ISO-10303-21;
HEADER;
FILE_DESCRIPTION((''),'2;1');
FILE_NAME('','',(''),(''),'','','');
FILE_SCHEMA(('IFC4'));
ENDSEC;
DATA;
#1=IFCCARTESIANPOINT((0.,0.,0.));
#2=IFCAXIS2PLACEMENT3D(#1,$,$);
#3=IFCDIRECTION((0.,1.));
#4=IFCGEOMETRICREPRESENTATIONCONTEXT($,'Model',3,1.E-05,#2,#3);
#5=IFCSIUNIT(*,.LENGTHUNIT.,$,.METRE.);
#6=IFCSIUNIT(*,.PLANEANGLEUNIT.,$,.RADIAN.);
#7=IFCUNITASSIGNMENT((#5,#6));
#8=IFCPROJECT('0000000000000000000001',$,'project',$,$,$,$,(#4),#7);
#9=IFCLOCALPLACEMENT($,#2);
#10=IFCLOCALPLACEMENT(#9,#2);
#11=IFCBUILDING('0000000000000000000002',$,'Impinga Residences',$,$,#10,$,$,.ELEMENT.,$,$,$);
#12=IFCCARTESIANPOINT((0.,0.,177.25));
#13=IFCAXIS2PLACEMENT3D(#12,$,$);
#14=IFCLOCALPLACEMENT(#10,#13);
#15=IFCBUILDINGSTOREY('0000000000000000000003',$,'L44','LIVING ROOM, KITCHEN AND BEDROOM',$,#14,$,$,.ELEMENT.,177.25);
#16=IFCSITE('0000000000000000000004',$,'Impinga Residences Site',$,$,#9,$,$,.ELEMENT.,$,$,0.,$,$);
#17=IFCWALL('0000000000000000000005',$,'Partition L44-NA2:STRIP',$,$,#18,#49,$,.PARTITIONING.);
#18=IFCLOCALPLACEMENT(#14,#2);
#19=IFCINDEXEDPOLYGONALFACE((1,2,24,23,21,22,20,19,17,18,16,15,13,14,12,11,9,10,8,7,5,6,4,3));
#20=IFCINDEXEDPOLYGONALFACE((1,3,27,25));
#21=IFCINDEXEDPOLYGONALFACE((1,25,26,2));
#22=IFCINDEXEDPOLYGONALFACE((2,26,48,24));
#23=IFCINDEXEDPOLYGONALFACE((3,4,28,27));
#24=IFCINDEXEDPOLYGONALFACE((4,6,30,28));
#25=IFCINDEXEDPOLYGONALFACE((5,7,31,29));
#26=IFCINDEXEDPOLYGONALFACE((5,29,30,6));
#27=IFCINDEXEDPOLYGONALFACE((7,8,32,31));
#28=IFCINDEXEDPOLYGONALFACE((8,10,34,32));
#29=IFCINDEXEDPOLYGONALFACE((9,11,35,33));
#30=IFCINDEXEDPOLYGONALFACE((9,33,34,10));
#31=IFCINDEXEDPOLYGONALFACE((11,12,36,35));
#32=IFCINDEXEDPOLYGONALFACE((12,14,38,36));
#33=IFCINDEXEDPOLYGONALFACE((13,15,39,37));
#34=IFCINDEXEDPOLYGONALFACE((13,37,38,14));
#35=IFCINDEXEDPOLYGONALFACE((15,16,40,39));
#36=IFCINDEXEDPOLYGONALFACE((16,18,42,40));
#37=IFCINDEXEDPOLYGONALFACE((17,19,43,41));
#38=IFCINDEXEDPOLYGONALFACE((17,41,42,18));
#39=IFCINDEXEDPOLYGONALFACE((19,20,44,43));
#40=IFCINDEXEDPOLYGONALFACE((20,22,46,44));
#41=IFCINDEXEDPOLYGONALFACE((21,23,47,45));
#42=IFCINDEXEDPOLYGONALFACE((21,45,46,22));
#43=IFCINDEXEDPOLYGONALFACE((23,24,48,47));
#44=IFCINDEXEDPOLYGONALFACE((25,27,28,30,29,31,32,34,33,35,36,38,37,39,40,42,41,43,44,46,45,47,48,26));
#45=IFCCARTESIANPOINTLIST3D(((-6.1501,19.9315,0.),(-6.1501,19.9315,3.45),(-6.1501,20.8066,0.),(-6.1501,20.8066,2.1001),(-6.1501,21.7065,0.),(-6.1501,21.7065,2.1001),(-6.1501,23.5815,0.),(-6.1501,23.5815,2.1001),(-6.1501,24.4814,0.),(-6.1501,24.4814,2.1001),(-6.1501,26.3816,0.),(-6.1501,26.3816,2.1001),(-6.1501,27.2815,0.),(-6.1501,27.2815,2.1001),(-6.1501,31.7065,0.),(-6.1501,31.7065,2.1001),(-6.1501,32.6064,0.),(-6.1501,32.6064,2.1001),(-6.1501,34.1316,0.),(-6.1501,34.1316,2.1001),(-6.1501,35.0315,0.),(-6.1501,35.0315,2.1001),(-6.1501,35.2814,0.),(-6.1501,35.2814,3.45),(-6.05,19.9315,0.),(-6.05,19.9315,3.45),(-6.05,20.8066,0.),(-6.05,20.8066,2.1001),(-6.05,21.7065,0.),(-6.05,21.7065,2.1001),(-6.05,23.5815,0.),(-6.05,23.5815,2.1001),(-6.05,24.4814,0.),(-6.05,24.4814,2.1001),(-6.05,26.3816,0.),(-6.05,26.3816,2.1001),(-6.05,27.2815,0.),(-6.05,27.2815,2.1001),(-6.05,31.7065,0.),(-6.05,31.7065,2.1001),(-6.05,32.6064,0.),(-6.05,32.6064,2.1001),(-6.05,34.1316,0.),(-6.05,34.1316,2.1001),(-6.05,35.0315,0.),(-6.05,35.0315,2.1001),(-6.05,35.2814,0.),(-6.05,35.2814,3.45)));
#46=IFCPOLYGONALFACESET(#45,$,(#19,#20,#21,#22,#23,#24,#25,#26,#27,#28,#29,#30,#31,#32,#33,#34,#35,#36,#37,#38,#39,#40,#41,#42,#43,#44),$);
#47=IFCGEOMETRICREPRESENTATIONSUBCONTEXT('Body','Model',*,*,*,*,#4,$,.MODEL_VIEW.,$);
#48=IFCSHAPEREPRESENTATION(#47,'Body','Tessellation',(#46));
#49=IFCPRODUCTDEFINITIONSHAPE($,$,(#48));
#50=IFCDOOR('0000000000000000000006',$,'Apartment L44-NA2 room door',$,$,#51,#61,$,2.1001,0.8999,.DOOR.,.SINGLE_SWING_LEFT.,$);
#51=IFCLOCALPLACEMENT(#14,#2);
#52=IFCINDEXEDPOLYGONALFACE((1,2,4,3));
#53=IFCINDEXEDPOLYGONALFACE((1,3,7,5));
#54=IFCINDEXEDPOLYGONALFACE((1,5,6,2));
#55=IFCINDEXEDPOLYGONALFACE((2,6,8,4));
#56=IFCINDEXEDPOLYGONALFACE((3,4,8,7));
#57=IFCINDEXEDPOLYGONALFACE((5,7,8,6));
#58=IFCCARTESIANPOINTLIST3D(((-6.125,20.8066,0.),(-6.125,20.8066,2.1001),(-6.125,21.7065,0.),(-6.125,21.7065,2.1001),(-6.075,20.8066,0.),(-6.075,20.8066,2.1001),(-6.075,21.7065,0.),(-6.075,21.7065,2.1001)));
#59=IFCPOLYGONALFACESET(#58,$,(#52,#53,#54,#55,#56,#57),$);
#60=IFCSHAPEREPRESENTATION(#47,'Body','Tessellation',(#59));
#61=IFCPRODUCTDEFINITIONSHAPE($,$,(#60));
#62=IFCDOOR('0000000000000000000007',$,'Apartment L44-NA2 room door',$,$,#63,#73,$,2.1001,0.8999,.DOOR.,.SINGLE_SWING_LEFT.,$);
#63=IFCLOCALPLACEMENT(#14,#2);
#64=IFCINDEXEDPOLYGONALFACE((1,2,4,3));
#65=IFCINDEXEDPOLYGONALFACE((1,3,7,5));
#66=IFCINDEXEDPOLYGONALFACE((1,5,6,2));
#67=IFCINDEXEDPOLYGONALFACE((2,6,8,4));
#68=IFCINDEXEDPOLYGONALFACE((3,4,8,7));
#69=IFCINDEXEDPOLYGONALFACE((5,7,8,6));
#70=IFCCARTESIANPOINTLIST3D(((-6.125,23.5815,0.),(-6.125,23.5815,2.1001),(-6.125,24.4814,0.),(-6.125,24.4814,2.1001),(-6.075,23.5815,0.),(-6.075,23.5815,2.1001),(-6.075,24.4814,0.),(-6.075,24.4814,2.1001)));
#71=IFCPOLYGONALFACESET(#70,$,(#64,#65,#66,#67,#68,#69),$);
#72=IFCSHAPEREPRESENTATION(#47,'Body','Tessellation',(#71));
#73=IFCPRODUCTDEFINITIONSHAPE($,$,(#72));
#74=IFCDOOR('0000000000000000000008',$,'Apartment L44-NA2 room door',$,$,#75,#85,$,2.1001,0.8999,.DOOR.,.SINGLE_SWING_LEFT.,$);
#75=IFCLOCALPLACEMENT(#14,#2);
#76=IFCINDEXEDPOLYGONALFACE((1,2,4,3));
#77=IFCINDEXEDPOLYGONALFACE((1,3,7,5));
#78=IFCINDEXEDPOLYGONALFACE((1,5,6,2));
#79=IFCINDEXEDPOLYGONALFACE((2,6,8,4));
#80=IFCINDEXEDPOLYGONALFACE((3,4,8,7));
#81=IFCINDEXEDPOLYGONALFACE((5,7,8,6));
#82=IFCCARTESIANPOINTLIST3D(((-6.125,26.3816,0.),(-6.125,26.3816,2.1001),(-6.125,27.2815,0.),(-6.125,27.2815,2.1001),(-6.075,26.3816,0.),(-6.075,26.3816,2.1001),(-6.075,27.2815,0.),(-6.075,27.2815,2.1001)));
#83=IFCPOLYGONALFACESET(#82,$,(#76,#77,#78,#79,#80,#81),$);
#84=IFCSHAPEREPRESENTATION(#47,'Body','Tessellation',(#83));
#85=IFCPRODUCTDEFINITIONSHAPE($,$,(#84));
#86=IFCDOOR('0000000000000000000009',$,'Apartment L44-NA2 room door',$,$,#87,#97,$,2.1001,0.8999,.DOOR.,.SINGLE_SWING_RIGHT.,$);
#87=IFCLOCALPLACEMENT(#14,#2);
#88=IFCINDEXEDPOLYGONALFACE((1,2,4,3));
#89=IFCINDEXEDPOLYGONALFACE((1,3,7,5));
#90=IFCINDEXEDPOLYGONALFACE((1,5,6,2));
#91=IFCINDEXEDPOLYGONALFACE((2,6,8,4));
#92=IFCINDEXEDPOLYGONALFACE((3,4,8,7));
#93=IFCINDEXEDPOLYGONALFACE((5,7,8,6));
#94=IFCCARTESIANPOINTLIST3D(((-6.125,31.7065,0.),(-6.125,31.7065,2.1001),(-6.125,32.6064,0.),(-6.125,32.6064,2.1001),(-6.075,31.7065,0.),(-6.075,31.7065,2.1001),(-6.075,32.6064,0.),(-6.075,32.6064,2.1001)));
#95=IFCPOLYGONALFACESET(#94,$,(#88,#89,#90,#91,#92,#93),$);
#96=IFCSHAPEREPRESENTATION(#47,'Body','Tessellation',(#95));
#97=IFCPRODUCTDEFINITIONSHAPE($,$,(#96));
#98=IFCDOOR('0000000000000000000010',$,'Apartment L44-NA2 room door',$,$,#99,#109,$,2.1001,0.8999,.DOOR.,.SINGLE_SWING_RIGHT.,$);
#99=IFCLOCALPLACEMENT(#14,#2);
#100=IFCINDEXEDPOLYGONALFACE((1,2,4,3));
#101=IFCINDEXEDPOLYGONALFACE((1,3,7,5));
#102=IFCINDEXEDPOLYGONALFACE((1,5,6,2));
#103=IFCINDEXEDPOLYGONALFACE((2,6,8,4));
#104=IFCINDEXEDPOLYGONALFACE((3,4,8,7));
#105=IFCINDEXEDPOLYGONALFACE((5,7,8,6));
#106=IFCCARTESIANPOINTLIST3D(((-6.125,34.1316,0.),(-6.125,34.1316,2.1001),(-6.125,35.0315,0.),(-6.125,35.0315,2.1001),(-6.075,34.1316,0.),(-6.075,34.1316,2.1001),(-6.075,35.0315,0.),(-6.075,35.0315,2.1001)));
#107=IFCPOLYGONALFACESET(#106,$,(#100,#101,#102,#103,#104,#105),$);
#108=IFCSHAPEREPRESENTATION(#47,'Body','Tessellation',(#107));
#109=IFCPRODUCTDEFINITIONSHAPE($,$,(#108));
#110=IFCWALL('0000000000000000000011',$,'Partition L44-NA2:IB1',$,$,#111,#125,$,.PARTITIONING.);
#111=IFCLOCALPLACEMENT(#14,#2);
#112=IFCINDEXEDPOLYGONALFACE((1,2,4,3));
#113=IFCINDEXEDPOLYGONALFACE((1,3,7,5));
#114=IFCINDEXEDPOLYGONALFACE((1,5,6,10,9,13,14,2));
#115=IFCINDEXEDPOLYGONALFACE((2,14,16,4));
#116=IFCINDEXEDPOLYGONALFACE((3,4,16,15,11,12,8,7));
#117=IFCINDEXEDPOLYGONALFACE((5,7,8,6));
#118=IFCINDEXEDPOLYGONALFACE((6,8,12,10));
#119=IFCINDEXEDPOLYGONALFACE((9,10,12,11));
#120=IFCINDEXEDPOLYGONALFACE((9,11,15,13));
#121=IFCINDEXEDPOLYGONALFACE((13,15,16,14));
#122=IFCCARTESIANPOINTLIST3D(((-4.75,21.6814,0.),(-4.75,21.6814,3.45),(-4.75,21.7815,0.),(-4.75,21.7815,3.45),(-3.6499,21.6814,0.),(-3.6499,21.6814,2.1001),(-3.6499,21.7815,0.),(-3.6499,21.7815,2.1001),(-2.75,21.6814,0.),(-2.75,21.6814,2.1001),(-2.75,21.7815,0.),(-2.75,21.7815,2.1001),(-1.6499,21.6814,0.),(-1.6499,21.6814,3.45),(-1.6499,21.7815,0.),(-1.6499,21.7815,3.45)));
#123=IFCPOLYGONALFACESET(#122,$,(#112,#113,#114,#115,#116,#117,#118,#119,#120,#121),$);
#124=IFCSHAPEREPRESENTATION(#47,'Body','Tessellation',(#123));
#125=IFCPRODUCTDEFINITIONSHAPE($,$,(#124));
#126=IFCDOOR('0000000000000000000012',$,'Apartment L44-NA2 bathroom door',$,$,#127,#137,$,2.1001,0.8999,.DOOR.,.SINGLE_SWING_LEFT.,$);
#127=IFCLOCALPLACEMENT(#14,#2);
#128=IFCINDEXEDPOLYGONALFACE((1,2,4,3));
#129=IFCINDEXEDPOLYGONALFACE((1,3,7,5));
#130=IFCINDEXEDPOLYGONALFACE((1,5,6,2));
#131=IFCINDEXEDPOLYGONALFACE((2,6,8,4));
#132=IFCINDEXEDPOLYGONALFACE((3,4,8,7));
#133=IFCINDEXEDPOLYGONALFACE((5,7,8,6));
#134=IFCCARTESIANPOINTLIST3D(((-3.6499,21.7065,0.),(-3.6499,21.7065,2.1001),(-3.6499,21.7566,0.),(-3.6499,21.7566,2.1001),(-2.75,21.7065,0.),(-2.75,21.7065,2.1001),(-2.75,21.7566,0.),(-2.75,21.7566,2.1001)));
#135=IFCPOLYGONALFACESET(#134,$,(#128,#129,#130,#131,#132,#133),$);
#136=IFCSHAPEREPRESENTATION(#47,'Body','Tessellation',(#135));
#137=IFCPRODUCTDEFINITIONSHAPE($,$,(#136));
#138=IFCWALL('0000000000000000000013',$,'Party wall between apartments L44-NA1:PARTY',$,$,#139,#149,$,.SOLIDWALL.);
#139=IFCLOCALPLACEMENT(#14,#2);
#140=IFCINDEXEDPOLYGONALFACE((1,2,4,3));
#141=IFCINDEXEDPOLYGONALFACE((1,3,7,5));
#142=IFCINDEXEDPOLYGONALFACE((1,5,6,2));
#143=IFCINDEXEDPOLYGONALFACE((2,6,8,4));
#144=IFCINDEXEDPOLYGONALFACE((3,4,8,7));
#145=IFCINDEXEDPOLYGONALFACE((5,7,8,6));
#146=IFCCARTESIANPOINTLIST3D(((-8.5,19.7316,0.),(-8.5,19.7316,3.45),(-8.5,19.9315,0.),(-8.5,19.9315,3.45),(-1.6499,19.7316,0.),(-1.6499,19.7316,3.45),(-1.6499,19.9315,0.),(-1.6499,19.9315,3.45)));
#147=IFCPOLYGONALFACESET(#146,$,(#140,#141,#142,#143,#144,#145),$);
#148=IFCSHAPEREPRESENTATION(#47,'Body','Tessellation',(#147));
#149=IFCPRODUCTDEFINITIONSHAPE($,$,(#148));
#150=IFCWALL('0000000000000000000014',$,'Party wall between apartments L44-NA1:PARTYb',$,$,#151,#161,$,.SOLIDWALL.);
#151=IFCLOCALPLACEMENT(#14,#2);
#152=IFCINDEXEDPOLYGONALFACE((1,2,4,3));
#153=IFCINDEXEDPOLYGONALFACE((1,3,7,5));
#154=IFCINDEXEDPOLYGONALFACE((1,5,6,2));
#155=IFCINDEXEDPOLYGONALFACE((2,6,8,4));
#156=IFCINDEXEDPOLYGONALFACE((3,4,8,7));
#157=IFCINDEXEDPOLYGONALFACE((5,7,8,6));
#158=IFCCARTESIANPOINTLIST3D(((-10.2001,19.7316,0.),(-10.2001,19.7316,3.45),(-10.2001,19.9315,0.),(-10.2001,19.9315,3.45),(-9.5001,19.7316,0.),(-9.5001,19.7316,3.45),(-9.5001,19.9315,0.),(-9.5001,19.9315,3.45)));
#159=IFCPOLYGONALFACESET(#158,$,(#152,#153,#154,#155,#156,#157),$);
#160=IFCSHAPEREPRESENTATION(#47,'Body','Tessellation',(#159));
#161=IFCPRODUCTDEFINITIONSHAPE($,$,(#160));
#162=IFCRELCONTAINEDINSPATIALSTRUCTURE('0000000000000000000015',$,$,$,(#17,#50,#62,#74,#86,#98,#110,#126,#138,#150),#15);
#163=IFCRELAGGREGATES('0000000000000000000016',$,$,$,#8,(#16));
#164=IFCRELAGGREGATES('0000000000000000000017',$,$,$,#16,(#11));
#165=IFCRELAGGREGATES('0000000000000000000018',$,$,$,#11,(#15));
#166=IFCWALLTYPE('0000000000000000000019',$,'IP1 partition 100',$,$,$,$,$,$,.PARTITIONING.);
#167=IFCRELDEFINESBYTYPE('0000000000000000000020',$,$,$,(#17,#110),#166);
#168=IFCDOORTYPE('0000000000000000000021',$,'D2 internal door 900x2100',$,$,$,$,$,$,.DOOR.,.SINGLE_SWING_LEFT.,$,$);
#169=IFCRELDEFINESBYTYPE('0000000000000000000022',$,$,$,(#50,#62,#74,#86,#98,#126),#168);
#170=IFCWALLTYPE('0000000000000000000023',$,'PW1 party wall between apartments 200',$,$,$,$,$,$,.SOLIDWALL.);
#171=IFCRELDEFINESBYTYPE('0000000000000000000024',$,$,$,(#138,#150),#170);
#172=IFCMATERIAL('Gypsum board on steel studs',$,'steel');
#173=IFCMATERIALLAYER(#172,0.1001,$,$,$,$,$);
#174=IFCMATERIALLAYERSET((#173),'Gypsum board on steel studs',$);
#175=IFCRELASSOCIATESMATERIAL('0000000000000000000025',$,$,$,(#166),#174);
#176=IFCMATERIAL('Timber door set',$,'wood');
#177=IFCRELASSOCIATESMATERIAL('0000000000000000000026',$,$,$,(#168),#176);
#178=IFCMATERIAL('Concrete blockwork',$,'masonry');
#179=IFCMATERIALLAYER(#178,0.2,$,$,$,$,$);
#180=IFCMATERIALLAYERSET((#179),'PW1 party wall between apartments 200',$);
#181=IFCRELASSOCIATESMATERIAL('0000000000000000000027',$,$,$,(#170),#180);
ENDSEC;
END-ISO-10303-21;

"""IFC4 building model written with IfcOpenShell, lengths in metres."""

from ifc_helpers import new_model, si_unit, direction, frame, frame_2d, origin, place, context, subcontext, project, spatial, rectangle, extrude, material, layer, layer_set, type_object, element, fill, save


model = new_model("IFC4")

# Units and contexts
model_context = context("Model", 3, precision=1e-05, world=origin(), true_north=direction((0.0, 1.0)))
body_context = subcontext(model_context, "Body", "Model", "MODEL_VIEW")
ifc_project = project(units=[si_unit("LENGTHUNIT", "METRE"), si_unit("PLANEANGLEUNIT", "RADIAN")], contexts=[model_context])

# Site, building, storey
site_placement = place(None, origin())
site = spatial("IfcSite", under=ifc_project, at=site_placement, Name="Impinga Residences Site", CompositionType="ELEMENT", RefElevation=0.0)
building_placement = place(site_placement, origin())
building = spatial("IfcBuilding", under=site, at=building_placement, Name="Impinga Residences", CompositionType="ELEMENT")
storey_placement = place(building_placement, frame((0.0, 0.0, 177.25)))
storey = spatial("IfcBuildingStorey", under=building, at=storey_placement, Name="L44", Description="LIVING ROOM, KITCHEN AND BEDROOM", CompositionType="ELEMENT", Elevation=177.25)

# Shared definitions
ifc_material_1 = material(Name="Concrete blockwork", Category="masonry")
ifc_material_2 = material(Name="Timber door set", Category="wood")

# Shared definitions
ifc_material_3 = material(Name="Gypsum board on steel studs", Category="steel")
ifc_layer_1 = layer(ifc_material_3, 0.1001)
ifc_layer_set_1 = layer_set([ifc_layer_1], Name="Gypsum board on steel studs")
wall_type_1 = type_object("IfcWallType", Name="IP1 partition 100", PredefinedType="PARTITIONING", material=ifc_layer_set_1)

# Shared definitions
door_type_1 = type_object("IfcDoorType", Name="D2 internal door 900x2100", OperationType="SINGLE_SWING_LEFT", PredefinedType="DOOR", material=ifc_material_2)

# Wall, openings, doors
wall_1_placement = place(storey_placement, frame((-6.1001, 19.9316, 0.0), z_axis=(0.0, 0.0, 1.0), x_axis=(0.0, 1.0, 0.0)))
wall_1 = element("IfcWall", 1, at=wall_1_placement, inside=storey, type_object=wall_type_1, Name="Partition L44-NA2:STRIP", PredefinedType="PARTITIONING", context=body_context, shape_type="SweptSolid", body=[
    extrude(rectangle(XDim=15.3499, YDim=0.1001, at=frame_2d((7.6748, 0.0))), origin(), (0.0, 0.0, 1.0), 3.45),
])
opening_1_placement = place(wall_1_placement, frame((0.875, 0.0, 0.0)))
opening_1 = element("IfcOpeningElement", 2, at=opening_1_placement, cuts=wall_1, PredefinedType="OPENING", context=body_context, shape_type="SweptSolid", body=[
    extrude(rectangle(XDim=0.8999, YDim=2.1001, at=frame_2d((0.45, 1.05))), frame((0.0, 0.0601, 0.0), z_axis=(0.0, -1.0, 0.0), x_axis=(1.0, 0.0, 0.0)), (0.0, 0.0, 1.0), 0.1201),
])
opening_2_placement = place(wall_1_placement, frame((3.6499, 0.0, 0.0)))
opening_2 = element("IfcOpeningElement", 3, at=opening_2_placement, cuts=wall_1, PredefinedType="OPENING", context=body_context, shape_type="SweptSolid", body=[
    extrude(rectangle(XDim=0.8999, YDim=2.1001, at=frame_2d((0.45, 1.05))), frame((0.0, 0.0601, 0.0), z_axis=(0.0, -1.0, 0.0), x_axis=(1.0, 0.0, 0.0)), (0.0, 0.0, 1.0), 0.1201),
])
opening_3_placement = place(wall_1_placement, frame((6.45, 0.0, 0.0)))
opening_3 = element("IfcOpeningElement", 4, at=opening_3_placement, cuts=wall_1, PredefinedType="OPENING", context=body_context, shape_type="SweptSolid", body=[
    extrude(rectangle(XDim=0.8999, YDim=2.1001, at=frame_2d((0.45, 1.05))), frame((0.0, 0.0601, 0.0), z_axis=(0.0, -1.0, 0.0), x_axis=(1.0, 0.0, 0.0)), (0.0, 0.0, 1.0), 0.1201),
])
opening_4_placement = place(wall_1_placement, frame((11.7749, 0.0, 0.0)))
opening_4 = element("IfcOpeningElement", 5, at=opening_4_placement, cuts=wall_1, PredefinedType="OPENING", context=body_context, shape_type="SweptSolid", body=[
    extrude(rectangle(XDim=0.8999, YDim=2.1001, at=frame_2d((0.45, 1.05))), frame((0.0, 0.0601, 0.0), z_axis=(0.0, -1.0, 0.0), x_axis=(1.0, 0.0, 0.0)), (0.0, 0.0, 1.0), 0.1201),
])
opening_5_placement = place(wall_1_placement, frame((14.2, 0.0, 0.0)))
opening_5 = element("IfcOpeningElement", 6, at=opening_5_placement, cuts=wall_1, PredefinedType="OPENING", context=body_context, shape_type="SweptSolid", body=[
    extrude(rectangle(XDim=0.8999, YDim=2.1001, at=frame_2d((0.45, 1.05))), frame((0.0, 0.0601, 0.0), z_axis=(0.0, -1.0, 0.0), x_axis=(1.0, 0.0, 0.0)), (0.0, 0.0, 1.0), 0.1201),
])
door_1_placement = place(opening_1_placement, origin())
door_1 = element("IfcDoor", 7, at=door_1_placement, inside=storey, type_object=door_type_1, Name="Apartment L44-NA2 room door", OperationType="SINGLE_SWING_LEFT", OverallHeight=2.1001, OverallWidth=0.8999, PredefinedType="DOOR", context=body_context, shape_type="SweptSolid", body=[
    extrude(rectangle(XDim=0.8999, YDim=2.1001, at=frame_2d((0.45, 1.05))), frame((0.0, 0.0249, 0.0), z_axis=(0.0, -1.0, 0.0), x_axis=(1.0, 0.0, 0.0)), (0.0, 0.0, 1.0), 0.05),
])
fill(opening_1, door_1)
door_2_placement = place(opening_2_placement, origin())
door_2 = element("IfcDoor", 8, at=door_2_placement, inside=storey, type_object=door_type_1, Name="Apartment L44-NA2 room door", OperationType="SINGLE_SWING_LEFT", OverallHeight=2.1001, OverallWidth=0.8999, PredefinedType="DOOR", context=body_context, shape_type="SweptSolid", body=[
    extrude(rectangle(XDim=0.8999, YDim=2.1001, at=frame_2d((0.45, 1.05))), frame((0.0, 0.0249, 0.0), z_axis=(0.0, -1.0, 0.0), x_axis=(1.0, 0.0, 0.0)), (0.0, 0.0, 1.0), 0.05),
])
fill(opening_2, door_2)
door_3_placement = place(opening_3_placement, origin())
door_3 = element("IfcDoor", 9, at=door_3_placement, inside=storey, type_object=door_type_1, Name="Apartment L44-NA2 room door", OperationType="SINGLE_SWING_LEFT", OverallHeight=2.1001, OverallWidth=0.8999, PredefinedType="DOOR", context=body_context, shape_type="SweptSolid", body=[
    extrude(rectangle(XDim=0.8999, YDim=2.1001, at=frame_2d((0.45, 1.05))), frame((0.0, 0.0249, 0.0), z_axis=(0.0, -1.0, 0.0), x_axis=(1.0, 0.0, 0.0)), (0.0, 0.0, 1.0), 0.05),
])
fill(opening_3, door_3)
door_4_placement = place(opening_4_placement, origin())
door_4 = element("IfcDoor", 10, at=door_4_placement, inside=storey, type_object=door_type_1, Name="Apartment L44-NA2 room door", OperationType="SINGLE_SWING_RIGHT", OverallHeight=2.1001, OverallWidth=0.8999, PredefinedType="DOOR", context=body_context, shape_type="SweptSolid", body=[
    extrude(rectangle(XDim=0.8999, YDim=2.1001, at=frame_2d((0.45, 1.05))), frame((0.0, 0.0249, 0.0), z_axis=(0.0, -1.0, 0.0), x_axis=(1.0, 0.0, 0.0)), (0.0, 0.0, 1.0), 0.05),
])
fill(opening_4, door_4)
door_5_placement = place(opening_5_placement, origin())
door_5 = element("IfcDoor", 11, at=door_5_placement, inside=storey, type_object=door_type_1, Name="Apartment L44-NA2 room door", OperationType="SINGLE_SWING_RIGHT", OverallHeight=2.1001, OverallWidth=0.8999, PredefinedType="DOOR", context=body_context, shape_type="SweptSolid", body=[
    extrude(rectangle(XDim=0.8999, YDim=2.1001, at=frame_2d((0.45, 1.05))), frame((0.0, 0.0249, 0.0), z_axis=(0.0, -1.0, 0.0), x_axis=(1.0, 0.0, 0.0)), (0.0, 0.0, 1.0), 0.05),
])
fill(opening_5, door_5)

# Wall, opening, door
wall_2_placement = place(storey_placement, frame((-1.6499, 21.7314, 0.0), z_axis=(0.0, 0.0, 1.0), x_axis=(-1.0, 0.0, 0.0)))
wall_2 = element("IfcWall", 12, at=wall_2_placement, inside=storey, type_object=wall_type_1, Name="Partition L44-NA2:IB1", PredefinedType="PARTITIONING", context=body_context, shape_type="SweptSolid", body=[
    extrude(rectangle(XDim=3.1001, YDim=0.1001, at=frame_2d((1.55, 0.0))), origin(), (0.0, 0.0, 1.0), 3.45),
])
opening_6_placement = place(wall_2_placement, frame((1.1001, 0.0, 0.0)))
opening_6 = element("IfcOpeningElement", 13, at=opening_6_placement, cuts=wall_2, PredefinedType="OPENING", context=body_context, shape_type="SweptSolid", body=[
    extrude(rectangle(XDim=0.8999, YDim=2.1001, at=frame_2d((0.45, 1.05))), frame((0.0, 0.0601, 0.0), z_axis=(0.0, -1.0, 0.0), x_axis=(1.0, 0.0, 0.0)), (0.0, 0.0, 1.0), 0.1201),
])
door_6_placement = place(opening_6_placement, origin())
door_6 = element("IfcDoor", 14, at=door_6_placement, inside=storey, type_object=door_type_1, Name="Apartment L44-NA2 bathroom door", OperationType="SINGLE_SWING_LEFT", OverallHeight=2.1001, OverallWidth=0.8999, PredefinedType="DOOR", context=body_context, shape_type="SweptSolid", body=[
    extrude(rectangle(XDim=0.8999, YDim=2.1001, at=frame_2d((0.45, 1.05))), frame((0.0, 0.0249, 0.0), z_axis=(0.0, -1.0, 0.0), x_axis=(1.0, 0.0, 0.0)), (0.0, 0.0, 1.0), 0.05),
])
fill(opening_6, door_6)

# Walls
ifc_layer_2 = layer(ifc_material_1, 0.2)
ifc_layer_set_2 = layer_set([ifc_layer_2], Name="PW1 party wall between apartments 200")
wall_type_2 = type_object("IfcWallType", Name="PW1 party wall between apartments 200", PredefinedType="SOLIDWALL", material=ifc_layer_set_2)
wall_3_placement = place(storey_placement, frame((-1.6499, 19.8315, 0.0), z_axis=(0.0, 0.0, 1.0), x_axis=(-1.0, 0.0, 0.0)))
element("IfcWall", 15, at=wall_3_placement, inside=storey, type_object=wall_type_2, Name="Party wall between apartments L44-NA1:PARTY", PredefinedType="SOLIDWALL", context=body_context, shape_type="SweptSolid", body=[
    extrude(rectangle(XDim=6.8501, YDim=0.2, at=frame_2d((3.425, 0.0))), origin(), (0.0, 0.0, 1.0), 3.45),
])
wall_4_placement = place(storey_placement, frame((-9.5, 19.8315, 0.0), z_axis=(0.0, 0.0, 1.0), x_axis=(-1.0, 0.0, 0.0)))
element("IfcWall", 16, at=wall_4_placement, inside=storey, type_object=wall_type_2, Name="Party wall between apartments L44-NA1:PARTYb", PredefinedType="SOLIDWALL", context=body_context, shape_type="SweptSolid", body=[
    extrude(rectangle(XDim=0.7, YDim=0.2, at=frame_2d((0.3501, 0.0))), origin(), (0.0, 0.0, 1.0), 3.45),
])

save(model, "model.ifc")
